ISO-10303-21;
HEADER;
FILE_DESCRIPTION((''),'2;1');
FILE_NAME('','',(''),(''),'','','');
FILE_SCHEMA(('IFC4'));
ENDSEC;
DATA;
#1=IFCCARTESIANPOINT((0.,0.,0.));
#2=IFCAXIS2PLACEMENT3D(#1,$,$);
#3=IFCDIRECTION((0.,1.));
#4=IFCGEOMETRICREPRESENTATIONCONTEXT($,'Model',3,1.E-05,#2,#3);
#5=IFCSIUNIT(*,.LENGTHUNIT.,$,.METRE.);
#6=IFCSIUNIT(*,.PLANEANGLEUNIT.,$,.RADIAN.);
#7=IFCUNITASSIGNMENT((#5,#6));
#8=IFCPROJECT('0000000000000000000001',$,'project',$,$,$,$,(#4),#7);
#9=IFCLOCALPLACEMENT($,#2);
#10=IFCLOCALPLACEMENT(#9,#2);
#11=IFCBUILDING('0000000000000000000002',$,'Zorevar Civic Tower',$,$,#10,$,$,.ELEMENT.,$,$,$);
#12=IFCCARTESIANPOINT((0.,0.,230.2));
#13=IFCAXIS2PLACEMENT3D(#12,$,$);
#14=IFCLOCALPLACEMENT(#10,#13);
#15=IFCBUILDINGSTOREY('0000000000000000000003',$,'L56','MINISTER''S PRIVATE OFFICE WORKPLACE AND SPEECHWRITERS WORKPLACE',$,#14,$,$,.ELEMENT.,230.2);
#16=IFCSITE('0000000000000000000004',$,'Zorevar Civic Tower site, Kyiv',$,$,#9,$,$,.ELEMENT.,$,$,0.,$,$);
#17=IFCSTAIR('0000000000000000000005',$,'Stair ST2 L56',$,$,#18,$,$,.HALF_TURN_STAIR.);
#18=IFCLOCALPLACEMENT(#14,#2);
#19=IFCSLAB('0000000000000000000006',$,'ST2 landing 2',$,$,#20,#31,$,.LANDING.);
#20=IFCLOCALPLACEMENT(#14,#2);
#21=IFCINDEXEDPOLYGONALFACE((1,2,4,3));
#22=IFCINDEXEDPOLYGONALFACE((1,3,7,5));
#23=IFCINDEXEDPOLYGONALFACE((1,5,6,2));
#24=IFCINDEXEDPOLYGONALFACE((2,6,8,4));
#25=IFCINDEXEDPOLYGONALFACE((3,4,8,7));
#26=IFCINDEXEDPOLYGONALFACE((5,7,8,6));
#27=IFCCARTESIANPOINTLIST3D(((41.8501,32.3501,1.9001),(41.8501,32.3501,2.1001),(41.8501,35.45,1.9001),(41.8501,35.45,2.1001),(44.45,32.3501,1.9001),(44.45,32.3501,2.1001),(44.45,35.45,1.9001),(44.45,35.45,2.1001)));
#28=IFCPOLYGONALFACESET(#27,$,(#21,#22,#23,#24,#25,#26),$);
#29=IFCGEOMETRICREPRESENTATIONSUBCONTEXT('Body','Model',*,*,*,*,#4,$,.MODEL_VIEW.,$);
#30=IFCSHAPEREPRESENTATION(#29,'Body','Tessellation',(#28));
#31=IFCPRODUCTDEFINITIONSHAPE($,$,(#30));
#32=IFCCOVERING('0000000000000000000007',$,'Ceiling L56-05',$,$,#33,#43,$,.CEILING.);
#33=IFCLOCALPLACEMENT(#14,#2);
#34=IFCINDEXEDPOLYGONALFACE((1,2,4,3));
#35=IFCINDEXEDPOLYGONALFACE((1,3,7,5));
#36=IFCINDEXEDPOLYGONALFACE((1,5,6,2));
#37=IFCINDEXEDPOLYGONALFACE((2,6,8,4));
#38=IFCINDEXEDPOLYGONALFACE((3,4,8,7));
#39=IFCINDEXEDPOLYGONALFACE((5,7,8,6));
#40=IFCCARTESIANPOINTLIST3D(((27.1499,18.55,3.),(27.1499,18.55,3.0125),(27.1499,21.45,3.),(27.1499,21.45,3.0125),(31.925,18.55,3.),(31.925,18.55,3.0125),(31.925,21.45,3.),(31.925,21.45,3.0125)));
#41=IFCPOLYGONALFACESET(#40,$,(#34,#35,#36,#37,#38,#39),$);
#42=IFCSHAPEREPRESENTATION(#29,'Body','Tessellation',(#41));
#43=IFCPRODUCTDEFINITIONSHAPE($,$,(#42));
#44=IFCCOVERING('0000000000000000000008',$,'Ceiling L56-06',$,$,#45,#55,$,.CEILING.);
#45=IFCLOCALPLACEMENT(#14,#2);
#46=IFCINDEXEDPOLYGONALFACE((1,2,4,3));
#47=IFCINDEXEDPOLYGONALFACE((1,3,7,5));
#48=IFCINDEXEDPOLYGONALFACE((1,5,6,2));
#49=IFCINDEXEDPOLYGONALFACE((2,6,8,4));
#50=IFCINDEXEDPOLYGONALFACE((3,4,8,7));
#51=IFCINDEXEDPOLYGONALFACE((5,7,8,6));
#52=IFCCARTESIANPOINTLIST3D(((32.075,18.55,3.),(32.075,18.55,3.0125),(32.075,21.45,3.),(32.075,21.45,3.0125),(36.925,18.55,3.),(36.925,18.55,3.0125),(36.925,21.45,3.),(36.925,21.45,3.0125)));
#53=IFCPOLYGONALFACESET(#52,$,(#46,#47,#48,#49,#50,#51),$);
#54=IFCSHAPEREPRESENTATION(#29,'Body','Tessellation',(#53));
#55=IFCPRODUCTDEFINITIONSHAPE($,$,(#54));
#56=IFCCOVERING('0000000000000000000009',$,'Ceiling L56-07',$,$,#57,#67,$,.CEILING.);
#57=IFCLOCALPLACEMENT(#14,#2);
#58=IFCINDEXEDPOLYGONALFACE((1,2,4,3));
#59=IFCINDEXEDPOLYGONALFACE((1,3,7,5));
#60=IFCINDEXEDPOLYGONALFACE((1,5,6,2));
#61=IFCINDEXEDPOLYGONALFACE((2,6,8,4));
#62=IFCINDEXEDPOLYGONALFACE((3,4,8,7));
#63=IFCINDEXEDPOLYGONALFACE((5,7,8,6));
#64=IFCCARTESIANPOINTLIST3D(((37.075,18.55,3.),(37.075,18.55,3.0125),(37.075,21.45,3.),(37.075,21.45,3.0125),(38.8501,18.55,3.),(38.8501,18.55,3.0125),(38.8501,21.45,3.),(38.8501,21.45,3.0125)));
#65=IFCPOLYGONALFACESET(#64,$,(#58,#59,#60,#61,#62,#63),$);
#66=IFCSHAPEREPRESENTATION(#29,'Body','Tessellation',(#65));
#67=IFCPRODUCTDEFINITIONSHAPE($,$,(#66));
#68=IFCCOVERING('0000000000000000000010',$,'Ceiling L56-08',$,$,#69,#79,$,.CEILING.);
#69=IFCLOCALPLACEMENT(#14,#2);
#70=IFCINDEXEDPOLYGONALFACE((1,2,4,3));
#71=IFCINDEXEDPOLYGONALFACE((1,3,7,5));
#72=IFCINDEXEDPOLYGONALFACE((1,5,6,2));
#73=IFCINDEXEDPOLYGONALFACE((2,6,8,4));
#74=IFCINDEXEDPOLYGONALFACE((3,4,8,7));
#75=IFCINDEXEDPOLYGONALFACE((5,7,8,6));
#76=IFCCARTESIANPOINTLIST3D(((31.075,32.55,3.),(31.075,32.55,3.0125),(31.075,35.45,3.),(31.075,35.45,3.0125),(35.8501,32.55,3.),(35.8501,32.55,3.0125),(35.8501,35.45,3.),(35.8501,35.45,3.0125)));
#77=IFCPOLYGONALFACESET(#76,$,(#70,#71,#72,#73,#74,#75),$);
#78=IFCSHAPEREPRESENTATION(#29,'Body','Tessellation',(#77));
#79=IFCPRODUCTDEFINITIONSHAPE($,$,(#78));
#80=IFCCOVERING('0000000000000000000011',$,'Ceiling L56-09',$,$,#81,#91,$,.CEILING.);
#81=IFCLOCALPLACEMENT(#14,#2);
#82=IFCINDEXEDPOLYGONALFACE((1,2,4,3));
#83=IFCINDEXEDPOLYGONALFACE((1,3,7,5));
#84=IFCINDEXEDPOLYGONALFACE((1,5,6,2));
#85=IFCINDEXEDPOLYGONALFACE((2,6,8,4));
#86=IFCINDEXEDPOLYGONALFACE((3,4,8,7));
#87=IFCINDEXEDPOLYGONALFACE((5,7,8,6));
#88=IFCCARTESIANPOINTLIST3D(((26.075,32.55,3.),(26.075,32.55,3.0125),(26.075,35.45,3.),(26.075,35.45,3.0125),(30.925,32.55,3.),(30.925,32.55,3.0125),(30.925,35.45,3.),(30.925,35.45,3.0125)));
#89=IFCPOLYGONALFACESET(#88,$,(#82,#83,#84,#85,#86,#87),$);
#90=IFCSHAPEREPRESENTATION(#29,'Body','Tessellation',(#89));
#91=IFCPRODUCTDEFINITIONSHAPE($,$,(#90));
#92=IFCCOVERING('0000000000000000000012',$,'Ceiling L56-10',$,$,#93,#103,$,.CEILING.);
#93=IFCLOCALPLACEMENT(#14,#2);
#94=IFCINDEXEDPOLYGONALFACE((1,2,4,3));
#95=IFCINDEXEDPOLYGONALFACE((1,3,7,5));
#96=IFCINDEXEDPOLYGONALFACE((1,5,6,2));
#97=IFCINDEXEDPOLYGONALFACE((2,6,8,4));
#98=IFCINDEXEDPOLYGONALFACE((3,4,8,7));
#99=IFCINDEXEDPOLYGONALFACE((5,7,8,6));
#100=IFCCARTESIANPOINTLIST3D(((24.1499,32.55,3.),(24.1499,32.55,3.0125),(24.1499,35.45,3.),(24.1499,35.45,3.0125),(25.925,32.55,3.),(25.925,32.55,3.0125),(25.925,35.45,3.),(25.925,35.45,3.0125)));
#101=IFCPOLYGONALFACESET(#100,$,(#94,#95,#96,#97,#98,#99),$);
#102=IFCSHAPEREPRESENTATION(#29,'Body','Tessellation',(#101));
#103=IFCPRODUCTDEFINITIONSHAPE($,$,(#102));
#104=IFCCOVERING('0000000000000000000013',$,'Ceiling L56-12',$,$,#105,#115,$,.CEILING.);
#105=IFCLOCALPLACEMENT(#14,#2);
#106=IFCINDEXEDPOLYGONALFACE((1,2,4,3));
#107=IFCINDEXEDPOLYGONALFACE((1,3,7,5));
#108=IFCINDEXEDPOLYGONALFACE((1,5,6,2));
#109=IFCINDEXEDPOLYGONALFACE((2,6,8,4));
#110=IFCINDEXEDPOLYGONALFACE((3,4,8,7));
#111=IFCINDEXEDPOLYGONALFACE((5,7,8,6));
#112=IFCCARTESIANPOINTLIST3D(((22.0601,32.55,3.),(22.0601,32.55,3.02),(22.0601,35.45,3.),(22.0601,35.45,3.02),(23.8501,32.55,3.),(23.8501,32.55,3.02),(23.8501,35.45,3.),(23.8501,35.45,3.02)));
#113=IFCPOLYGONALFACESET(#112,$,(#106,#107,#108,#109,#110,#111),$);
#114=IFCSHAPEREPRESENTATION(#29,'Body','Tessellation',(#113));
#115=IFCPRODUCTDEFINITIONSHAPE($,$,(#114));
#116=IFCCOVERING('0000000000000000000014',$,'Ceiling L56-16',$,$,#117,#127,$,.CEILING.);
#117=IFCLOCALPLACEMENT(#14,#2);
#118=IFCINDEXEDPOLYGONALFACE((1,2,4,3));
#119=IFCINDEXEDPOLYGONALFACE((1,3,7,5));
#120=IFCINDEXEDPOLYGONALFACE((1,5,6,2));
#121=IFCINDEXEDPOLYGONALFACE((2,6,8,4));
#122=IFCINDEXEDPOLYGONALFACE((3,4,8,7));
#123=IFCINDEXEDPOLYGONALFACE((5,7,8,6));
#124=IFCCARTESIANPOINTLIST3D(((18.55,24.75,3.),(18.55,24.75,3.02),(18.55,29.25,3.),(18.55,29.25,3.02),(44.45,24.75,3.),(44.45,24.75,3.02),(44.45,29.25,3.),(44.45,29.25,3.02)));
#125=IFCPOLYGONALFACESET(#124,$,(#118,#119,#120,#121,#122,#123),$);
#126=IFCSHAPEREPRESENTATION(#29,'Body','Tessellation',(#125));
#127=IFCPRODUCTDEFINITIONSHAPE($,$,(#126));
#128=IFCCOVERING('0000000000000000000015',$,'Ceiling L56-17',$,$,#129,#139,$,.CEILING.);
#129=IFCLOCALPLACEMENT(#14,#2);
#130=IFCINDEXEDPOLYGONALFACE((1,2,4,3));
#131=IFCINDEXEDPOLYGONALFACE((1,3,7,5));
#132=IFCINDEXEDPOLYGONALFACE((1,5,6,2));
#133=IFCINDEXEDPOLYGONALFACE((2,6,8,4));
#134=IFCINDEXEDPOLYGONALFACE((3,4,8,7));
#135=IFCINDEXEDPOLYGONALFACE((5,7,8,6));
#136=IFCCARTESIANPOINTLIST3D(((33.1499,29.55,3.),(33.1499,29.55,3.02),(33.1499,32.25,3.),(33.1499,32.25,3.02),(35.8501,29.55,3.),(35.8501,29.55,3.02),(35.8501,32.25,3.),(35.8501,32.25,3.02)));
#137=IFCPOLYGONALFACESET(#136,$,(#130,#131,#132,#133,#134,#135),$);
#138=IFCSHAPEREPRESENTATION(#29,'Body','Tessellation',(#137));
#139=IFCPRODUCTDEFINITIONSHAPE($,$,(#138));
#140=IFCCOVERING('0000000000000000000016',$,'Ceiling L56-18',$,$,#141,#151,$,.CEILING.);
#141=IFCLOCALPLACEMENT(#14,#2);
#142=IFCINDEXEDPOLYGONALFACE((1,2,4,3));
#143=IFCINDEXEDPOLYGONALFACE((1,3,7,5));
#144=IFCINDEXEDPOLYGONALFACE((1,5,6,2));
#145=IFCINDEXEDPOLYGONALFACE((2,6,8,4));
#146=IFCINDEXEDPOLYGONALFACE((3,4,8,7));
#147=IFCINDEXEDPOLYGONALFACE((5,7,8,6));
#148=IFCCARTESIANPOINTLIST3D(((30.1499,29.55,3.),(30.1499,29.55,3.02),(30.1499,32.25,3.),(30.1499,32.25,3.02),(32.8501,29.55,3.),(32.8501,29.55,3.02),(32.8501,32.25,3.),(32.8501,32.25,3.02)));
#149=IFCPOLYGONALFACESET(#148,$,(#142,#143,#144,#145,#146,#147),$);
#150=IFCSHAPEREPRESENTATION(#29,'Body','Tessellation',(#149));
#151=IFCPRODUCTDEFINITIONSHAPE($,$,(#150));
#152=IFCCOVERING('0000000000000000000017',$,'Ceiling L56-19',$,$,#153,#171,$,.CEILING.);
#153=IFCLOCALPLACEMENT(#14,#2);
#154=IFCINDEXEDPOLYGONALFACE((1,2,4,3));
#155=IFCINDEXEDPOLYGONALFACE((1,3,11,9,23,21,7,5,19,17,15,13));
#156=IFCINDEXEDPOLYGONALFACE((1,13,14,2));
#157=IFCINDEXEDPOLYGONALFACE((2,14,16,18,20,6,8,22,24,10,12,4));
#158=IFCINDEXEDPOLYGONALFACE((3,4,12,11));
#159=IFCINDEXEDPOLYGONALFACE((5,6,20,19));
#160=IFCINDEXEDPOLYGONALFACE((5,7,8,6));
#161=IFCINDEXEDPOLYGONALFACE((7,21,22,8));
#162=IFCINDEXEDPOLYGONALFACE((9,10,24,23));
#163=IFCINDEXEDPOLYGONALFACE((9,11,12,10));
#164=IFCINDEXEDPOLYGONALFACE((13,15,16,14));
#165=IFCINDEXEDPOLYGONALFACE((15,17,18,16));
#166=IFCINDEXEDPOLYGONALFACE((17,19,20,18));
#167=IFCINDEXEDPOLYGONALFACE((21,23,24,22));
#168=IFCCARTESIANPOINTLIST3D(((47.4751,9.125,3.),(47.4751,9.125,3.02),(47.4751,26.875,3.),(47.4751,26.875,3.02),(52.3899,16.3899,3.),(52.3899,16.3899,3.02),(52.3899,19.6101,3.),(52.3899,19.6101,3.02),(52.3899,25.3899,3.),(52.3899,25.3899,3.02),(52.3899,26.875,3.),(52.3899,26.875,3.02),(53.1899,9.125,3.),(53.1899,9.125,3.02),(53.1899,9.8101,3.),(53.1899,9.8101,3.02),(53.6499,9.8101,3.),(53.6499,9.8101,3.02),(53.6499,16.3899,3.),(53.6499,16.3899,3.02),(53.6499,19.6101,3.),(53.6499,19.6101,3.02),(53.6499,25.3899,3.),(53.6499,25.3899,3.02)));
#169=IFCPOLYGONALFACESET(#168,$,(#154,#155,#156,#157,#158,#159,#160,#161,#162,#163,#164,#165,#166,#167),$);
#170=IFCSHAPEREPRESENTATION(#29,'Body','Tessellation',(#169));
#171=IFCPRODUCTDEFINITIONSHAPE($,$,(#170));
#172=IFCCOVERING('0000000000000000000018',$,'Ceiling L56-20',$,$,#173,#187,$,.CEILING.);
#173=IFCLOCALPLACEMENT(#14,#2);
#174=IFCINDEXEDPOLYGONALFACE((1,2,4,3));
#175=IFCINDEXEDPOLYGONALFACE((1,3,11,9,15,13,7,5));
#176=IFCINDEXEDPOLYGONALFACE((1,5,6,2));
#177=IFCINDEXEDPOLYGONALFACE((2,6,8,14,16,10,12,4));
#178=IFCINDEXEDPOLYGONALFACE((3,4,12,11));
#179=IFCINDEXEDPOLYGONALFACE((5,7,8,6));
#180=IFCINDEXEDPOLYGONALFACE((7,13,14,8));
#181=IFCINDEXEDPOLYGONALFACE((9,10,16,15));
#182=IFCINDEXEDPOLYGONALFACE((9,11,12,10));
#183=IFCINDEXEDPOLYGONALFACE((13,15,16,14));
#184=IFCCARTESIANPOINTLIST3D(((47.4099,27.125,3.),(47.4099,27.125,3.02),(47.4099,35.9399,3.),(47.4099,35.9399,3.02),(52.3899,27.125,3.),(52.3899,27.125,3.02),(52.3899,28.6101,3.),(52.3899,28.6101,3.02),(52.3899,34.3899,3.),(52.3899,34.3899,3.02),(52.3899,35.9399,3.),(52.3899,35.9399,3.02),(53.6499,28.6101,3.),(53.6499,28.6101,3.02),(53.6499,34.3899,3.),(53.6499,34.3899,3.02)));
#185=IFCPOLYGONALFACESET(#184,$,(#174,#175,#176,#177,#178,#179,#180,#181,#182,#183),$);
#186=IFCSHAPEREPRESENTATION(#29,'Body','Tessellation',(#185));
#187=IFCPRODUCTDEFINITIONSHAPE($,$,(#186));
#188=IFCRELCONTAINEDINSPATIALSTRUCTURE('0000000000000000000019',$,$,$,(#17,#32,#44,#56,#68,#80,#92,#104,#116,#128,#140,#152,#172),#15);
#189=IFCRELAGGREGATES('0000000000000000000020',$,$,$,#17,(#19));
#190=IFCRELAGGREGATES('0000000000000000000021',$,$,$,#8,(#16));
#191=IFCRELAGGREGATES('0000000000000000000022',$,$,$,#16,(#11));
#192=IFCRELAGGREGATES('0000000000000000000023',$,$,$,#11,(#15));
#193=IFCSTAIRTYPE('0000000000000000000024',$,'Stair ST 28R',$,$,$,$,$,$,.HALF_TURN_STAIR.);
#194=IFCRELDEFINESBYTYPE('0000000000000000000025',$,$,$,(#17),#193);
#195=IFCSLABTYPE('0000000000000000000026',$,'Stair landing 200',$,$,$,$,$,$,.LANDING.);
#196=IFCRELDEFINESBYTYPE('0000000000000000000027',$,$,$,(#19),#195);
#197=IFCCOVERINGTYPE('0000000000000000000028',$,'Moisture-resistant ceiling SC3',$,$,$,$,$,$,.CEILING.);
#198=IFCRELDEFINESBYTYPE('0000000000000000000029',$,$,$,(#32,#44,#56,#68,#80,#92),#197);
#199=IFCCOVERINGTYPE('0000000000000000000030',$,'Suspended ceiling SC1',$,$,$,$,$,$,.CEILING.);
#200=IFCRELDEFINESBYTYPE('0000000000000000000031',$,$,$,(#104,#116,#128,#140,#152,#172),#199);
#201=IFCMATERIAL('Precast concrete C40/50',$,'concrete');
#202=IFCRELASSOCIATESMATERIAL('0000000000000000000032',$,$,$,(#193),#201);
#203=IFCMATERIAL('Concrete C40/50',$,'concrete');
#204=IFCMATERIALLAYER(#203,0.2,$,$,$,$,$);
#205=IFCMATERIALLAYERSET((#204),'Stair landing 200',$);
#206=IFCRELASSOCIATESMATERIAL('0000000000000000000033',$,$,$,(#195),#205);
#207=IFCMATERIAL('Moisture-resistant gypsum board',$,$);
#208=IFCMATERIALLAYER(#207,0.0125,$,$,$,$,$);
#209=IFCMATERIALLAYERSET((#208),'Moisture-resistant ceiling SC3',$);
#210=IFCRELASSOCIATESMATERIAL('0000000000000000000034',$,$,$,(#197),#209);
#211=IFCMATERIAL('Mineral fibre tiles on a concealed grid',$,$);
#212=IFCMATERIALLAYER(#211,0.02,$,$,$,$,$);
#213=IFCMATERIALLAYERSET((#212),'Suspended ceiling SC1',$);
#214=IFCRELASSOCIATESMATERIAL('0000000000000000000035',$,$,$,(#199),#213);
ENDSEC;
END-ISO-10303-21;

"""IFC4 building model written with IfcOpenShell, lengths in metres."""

from ifc_helpers import new_model, si_unit, direction, frame, origin, place, context, subcontext, project, spatial, polyline, outline, extrude, material, layer, layer_set, type_object, element, aggregate, save


model = new_model("IFC4")

# Units and contexts
model_context = context("Model", 3, precision=1e-05, world=origin(), true_north=direction((0.0, 1.0)))
body_context = subcontext(model_context, "Body", "Model", "MODEL_VIEW")
ifc_project = project(units=[si_unit("LENGTHUNIT", "METRE"), si_unit("PLANEANGLEUNIT", "RADIAN")], contexts=[model_context])

# Site, building, storey
site_placement = place(None, origin())
site = spatial("IfcSite", under=ifc_project, at=site_placement, Name="Zorevar Civic Tower site, Kyiv", CompositionType="ELEMENT", RefElevation=0.0)
building_placement = place(site_placement, origin())
building = spatial("IfcBuilding", under=site, at=building_placement, Name="Zorevar Civic Tower", CompositionType="ELEMENT")
storey_placement = place(building_placement, frame((0.0, 0.0, 230.2)))
storey = spatial("IfcBuildingStorey", under=building, at=storey_placement, Name="L56", Description="MINISTER'S PRIVATE OFFICE WORKPLACE AND SPEECHWRITERS WORKPLACE", CompositionType="ELEMENT", Elevation=230.2)

# Stair, slab
ifc_material_1 = material(Name="Precast concrete C40/50", Category="concrete")
stair_type = type_object("IfcStairType", Name="Stair ST 28R", PredefinedType="HALF_TURN_STAIR", material=ifc_material_1)
ifc_material_2 = material(Name="Concrete C40/50", Category="concrete")
ifc_layer_1 = layer(ifc_material_2, 0.2)
ifc_layer_set_1 = layer_set([ifc_layer_1], Name="Stair landing 200")
slab_type_1 = type_object("IfcSlabType", Name="Stair landing 200", PredefinedType="LANDING", material=ifc_layer_set_1)
stair_1_placement = place(storey_placement, origin())
stair_1 = element("IfcStair", 1, at=stair_1_placement, inside=storey, type_object=stair_type, Name="Stair ST2 L56", PredefinedType="HALF_TURN_STAIR")
slab_1_placement = place(storey_placement, frame((0.0, 0.0, 1.9001)))
slab_1 = element("IfcSlab", 2, at=slab_1_placement, type_object=slab_type_1, Name="ST2 landing 2", PredefinedType="LANDING", context=body_context, shape_type="SweptSolid", body=[
    extrude(outline(polyline([(44.45, 32.3501), (41.8501, 32.3501), (41.8501, 35.45), (44.45, 35.45), (44.45, 32.3501)])), origin(), (0.0, 0.0, 1.0), 0.2),
])
aggregate(stair_1, [slab_1])

# Coverings
ifc_material_3 = material(Name="Moisture-resistant gypsum board")
ifc_layer_2 = layer(ifc_material_3, 0.0125)
ifc_layer_set_2 = layer_set([ifc_layer_2], Name="Moisture-resistant ceiling SC3")
covering_type_1 = type_object("IfcCoveringType", Name="Moisture-resistant ceiling SC3", PredefinedType="CEILING", material=ifc_layer_set_2)
covering_1_placement = place(storey_placement, frame((0.0, 0.0, 3.0)))
element("IfcCovering", 3, at=covering_1_placement, inside=storey, type_object=covering_type_1, Name="Ceiling L56-05", PredefinedType="CEILING", context=body_context, shape_type="SweptSolid", body=[
    extrude(outline(polyline([(31.925, 18.55), (31.925, 21.45), (27.1499, 21.45), (27.1499, 18.55), (31.925, 18.55)])), origin(), (0.0, 0.0, 1.0), 0.0125),
])
covering_2_placement = place(storey_placement, frame((0.0, 0.0, 3.0)))
element("IfcCovering", 4, at=covering_2_placement, inside=storey, type_object=covering_type_1, Name="Ceiling L56-06", PredefinedType="CEILING", context=body_context, shape_type="SweptSolid", body=[
    extrude(outline(polyline([(36.925, 18.55), (36.925, 21.45), (32.075, 21.45), (32.075, 18.55), (36.925, 18.55)])), origin(), (0.0, 0.0, 1.0), 0.0125),
])
covering_3_placement = place(storey_placement, frame((0.0, 0.0, 3.0)))
element("IfcCovering", 5, at=covering_3_placement, inside=storey, type_object=covering_type_1, Name="Ceiling L56-07", PredefinedType="CEILING", context=body_context, shape_type="SweptSolid", body=[
    extrude(outline(polyline([(38.8501, 18.55), (38.8501, 21.45), (37.075, 21.45), (37.075, 18.55), (38.8501, 18.55)])), origin(), (0.0, 0.0, 1.0), 0.0125),
])
covering_4_placement = place(storey_placement, frame((0.0, 0.0, 3.0)))
element("IfcCovering", 6, at=covering_4_placement, inside=storey, type_object=covering_type_1, Name="Ceiling L56-08", PredefinedType="CEILING", context=body_context, shape_type="SweptSolid", body=[
    extrude(outline(polyline([(35.8501, 32.55), (35.8501, 35.45), (31.075, 35.45), (31.075, 32.55), (35.8501, 32.55)])), origin(), (0.0, 0.0, 1.0), 0.0125),
])
covering_5_placement = place(storey_placement, frame((0.0, 0.0, 3.0)))
element("IfcCovering", 7, at=covering_5_placement, inside=storey, type_object=covering_type_1, Name="Ceiling L56-09", PredefinedType="CEILING", context=body_context, shape_type="SweptSolid", body=[
    extrude(outline(polyline([(30.925, 32.55), (30.925, 35.45), (26.075, 35.45), (26.075, 32.55), (30.925, 32.55)])), origin(), (0.0, 0.0, 1.0), 0.0125),
])
covering_6_placement = place(storey_placement, frame((0.0, 0.0, 3.0)))
element("IfcCovering", 8, at=covering_6_placement, inside=storey, type_object=covering_type_1, Name="Ceiling L56-10", PredefinedType="CEILING", context=body_context, shape_type="SweptSolid", body=[
    extrude(outline(polyline([(25.925, 32.55), (25.925, 35.45), (24.1499, 35.45), (24.1499, 32.55), (25.925, 32.55)])), origin(), (0.0, 0.0, 1.0), 0.0125),
])
ifc_material_4 = material(Name="Mineral fibre tiles on a concealed grid")
ifc_layer_3 = layer(ifc_material_4, 0.02)
ifc_layer_set_3 = layer_set([ifc_layer_3], Name="Suspended ceiling SC1")
covering_type_2 = type_object("IfcCoveringType", Name="Suspended ceiling SC1", PredefinedType="CEILING", material=ifc_layer_set_3)
covering_7_placement = place(storey_placement, frame((0.0, 0.0, 3.0)))
element("IfcCovering", 9, at=covering_7_placement, inside=storey, type_object=covering_type_2, Name="Ceiling L56-12", PredefinedType="CEILING", context=body_context, shape_type="SweptSolid", body=[
    extrude(outline(polyline([(23.8501, 32.55), (23.8501, 35.45), (22.0601, 35.45), (22.0601, 32.55), (23.8501, 32.55)])), origin(), (0.0, 0.0, 1.0), 0.02),
])
covering_8_placement = place(storey_placement, frame((0.0, 0.0, 3.0)))
element("IfcCovering", 10, at=covering_8_placement, inside=storey, type_object=covering_type_2, Name="Ceiling L56-16", PredefinedType="CEILING", context=body_context, shape_type="SweptSolid", body=[
    extrude(outline(polyline([(44.45, 24.75), (44.45, 29.25), (18.55, 29.25), (18.55, 24.75), (44.45, 24.75)])), origin(), (0.0, 0.0, 1.0), 0.02),
])
covering_9_placement = place(storey_placement, frame((0.0, 0.0, 3.0)))
element("IfcCovering", 11, at=covering_9_placement, inside=storey, type_object=covering_type_2, Name="Ceiling L56-17", PredefinedType="CEILING", context=body_context, shape_type="SweptSolid", body=[
    extrude(outline(polyline([(35.8501, 29.55), (35.8501, 32.25), (33.1499, 32.25), (33.1499, 29.55), (35.8501, 29.55)])), origin(), (0.0, 0.0, 1.0), 0.02),
])
covering_10_placement = place(storey_placement, frame((0.0, 0.0, 3.0)))
element("IfcCovering", 12, at=covering_10_placement, inside=storey, type_object=covering_type_2, Name="Ceiling L56-18", PredefinedType="CEILING", context=body_context, shape_type="SweptSolid", body=[
    extrude(outline(polyline([(32.8501, 29.55), (32.8501, 32.25), (30.1499, 32.25), (30.1499, 29.55), (32.8501, 29.55)])), origin(), (0.0, 0.0, 1.0), 0.02),
])
covering_11_placement = place(storey_placement, frame((0.0, 0.0, 3.0)))
element("IfcCovering", 13, at=covering_11_placement, inside=storey, type_object=covering_type_2, Name="Ceiling L56-19", PredefinedType="CEILING", context=body_context, shape_type="SweptSolid", body=[
    extrude(outline(polyline([(53.6499, 19.6101), (52.3899, 19.6101), (52.3899, 16.3899), (53.6499, 16.3899), (53.6499, 9.8101), (53.1899, 9.8101), (53.1899, 9.125), (47.4751, 9.125), (47.4751, 26.875), (52.3899, 26.875), (52.3899, 25.3899), (53.6499, 25.3899), (53.6499, 19.6101)])), origin(), (0.0, 0.0, 1.0), 0.02),
])
covering_12_placement = place(storey_placement, frame((0.0, 0.0, 3.0)))
element("IfcCovering", 14, at=covering_12_placement, inside=storey, type_object=covering_type_2, Name="Ceiling L56-20", PredefinedType="CEILING", context=body_context, shape_type="SweptSolid", body=[
    extrude(outline(polyline([(53.6499, 28.6101), (52.3899, 28.6101), (52.3899, 27.125), (47.4099, 27.125), (47.4099, 35.9399), (52.3899, 35.9399), (52.3899, 34.3899), (53.6499, 34.3899), (53.6499, 28.6101)])), origin(), (0.0, 0.0, 1.0), 0.02),
])

save(model, "model.ifc")
